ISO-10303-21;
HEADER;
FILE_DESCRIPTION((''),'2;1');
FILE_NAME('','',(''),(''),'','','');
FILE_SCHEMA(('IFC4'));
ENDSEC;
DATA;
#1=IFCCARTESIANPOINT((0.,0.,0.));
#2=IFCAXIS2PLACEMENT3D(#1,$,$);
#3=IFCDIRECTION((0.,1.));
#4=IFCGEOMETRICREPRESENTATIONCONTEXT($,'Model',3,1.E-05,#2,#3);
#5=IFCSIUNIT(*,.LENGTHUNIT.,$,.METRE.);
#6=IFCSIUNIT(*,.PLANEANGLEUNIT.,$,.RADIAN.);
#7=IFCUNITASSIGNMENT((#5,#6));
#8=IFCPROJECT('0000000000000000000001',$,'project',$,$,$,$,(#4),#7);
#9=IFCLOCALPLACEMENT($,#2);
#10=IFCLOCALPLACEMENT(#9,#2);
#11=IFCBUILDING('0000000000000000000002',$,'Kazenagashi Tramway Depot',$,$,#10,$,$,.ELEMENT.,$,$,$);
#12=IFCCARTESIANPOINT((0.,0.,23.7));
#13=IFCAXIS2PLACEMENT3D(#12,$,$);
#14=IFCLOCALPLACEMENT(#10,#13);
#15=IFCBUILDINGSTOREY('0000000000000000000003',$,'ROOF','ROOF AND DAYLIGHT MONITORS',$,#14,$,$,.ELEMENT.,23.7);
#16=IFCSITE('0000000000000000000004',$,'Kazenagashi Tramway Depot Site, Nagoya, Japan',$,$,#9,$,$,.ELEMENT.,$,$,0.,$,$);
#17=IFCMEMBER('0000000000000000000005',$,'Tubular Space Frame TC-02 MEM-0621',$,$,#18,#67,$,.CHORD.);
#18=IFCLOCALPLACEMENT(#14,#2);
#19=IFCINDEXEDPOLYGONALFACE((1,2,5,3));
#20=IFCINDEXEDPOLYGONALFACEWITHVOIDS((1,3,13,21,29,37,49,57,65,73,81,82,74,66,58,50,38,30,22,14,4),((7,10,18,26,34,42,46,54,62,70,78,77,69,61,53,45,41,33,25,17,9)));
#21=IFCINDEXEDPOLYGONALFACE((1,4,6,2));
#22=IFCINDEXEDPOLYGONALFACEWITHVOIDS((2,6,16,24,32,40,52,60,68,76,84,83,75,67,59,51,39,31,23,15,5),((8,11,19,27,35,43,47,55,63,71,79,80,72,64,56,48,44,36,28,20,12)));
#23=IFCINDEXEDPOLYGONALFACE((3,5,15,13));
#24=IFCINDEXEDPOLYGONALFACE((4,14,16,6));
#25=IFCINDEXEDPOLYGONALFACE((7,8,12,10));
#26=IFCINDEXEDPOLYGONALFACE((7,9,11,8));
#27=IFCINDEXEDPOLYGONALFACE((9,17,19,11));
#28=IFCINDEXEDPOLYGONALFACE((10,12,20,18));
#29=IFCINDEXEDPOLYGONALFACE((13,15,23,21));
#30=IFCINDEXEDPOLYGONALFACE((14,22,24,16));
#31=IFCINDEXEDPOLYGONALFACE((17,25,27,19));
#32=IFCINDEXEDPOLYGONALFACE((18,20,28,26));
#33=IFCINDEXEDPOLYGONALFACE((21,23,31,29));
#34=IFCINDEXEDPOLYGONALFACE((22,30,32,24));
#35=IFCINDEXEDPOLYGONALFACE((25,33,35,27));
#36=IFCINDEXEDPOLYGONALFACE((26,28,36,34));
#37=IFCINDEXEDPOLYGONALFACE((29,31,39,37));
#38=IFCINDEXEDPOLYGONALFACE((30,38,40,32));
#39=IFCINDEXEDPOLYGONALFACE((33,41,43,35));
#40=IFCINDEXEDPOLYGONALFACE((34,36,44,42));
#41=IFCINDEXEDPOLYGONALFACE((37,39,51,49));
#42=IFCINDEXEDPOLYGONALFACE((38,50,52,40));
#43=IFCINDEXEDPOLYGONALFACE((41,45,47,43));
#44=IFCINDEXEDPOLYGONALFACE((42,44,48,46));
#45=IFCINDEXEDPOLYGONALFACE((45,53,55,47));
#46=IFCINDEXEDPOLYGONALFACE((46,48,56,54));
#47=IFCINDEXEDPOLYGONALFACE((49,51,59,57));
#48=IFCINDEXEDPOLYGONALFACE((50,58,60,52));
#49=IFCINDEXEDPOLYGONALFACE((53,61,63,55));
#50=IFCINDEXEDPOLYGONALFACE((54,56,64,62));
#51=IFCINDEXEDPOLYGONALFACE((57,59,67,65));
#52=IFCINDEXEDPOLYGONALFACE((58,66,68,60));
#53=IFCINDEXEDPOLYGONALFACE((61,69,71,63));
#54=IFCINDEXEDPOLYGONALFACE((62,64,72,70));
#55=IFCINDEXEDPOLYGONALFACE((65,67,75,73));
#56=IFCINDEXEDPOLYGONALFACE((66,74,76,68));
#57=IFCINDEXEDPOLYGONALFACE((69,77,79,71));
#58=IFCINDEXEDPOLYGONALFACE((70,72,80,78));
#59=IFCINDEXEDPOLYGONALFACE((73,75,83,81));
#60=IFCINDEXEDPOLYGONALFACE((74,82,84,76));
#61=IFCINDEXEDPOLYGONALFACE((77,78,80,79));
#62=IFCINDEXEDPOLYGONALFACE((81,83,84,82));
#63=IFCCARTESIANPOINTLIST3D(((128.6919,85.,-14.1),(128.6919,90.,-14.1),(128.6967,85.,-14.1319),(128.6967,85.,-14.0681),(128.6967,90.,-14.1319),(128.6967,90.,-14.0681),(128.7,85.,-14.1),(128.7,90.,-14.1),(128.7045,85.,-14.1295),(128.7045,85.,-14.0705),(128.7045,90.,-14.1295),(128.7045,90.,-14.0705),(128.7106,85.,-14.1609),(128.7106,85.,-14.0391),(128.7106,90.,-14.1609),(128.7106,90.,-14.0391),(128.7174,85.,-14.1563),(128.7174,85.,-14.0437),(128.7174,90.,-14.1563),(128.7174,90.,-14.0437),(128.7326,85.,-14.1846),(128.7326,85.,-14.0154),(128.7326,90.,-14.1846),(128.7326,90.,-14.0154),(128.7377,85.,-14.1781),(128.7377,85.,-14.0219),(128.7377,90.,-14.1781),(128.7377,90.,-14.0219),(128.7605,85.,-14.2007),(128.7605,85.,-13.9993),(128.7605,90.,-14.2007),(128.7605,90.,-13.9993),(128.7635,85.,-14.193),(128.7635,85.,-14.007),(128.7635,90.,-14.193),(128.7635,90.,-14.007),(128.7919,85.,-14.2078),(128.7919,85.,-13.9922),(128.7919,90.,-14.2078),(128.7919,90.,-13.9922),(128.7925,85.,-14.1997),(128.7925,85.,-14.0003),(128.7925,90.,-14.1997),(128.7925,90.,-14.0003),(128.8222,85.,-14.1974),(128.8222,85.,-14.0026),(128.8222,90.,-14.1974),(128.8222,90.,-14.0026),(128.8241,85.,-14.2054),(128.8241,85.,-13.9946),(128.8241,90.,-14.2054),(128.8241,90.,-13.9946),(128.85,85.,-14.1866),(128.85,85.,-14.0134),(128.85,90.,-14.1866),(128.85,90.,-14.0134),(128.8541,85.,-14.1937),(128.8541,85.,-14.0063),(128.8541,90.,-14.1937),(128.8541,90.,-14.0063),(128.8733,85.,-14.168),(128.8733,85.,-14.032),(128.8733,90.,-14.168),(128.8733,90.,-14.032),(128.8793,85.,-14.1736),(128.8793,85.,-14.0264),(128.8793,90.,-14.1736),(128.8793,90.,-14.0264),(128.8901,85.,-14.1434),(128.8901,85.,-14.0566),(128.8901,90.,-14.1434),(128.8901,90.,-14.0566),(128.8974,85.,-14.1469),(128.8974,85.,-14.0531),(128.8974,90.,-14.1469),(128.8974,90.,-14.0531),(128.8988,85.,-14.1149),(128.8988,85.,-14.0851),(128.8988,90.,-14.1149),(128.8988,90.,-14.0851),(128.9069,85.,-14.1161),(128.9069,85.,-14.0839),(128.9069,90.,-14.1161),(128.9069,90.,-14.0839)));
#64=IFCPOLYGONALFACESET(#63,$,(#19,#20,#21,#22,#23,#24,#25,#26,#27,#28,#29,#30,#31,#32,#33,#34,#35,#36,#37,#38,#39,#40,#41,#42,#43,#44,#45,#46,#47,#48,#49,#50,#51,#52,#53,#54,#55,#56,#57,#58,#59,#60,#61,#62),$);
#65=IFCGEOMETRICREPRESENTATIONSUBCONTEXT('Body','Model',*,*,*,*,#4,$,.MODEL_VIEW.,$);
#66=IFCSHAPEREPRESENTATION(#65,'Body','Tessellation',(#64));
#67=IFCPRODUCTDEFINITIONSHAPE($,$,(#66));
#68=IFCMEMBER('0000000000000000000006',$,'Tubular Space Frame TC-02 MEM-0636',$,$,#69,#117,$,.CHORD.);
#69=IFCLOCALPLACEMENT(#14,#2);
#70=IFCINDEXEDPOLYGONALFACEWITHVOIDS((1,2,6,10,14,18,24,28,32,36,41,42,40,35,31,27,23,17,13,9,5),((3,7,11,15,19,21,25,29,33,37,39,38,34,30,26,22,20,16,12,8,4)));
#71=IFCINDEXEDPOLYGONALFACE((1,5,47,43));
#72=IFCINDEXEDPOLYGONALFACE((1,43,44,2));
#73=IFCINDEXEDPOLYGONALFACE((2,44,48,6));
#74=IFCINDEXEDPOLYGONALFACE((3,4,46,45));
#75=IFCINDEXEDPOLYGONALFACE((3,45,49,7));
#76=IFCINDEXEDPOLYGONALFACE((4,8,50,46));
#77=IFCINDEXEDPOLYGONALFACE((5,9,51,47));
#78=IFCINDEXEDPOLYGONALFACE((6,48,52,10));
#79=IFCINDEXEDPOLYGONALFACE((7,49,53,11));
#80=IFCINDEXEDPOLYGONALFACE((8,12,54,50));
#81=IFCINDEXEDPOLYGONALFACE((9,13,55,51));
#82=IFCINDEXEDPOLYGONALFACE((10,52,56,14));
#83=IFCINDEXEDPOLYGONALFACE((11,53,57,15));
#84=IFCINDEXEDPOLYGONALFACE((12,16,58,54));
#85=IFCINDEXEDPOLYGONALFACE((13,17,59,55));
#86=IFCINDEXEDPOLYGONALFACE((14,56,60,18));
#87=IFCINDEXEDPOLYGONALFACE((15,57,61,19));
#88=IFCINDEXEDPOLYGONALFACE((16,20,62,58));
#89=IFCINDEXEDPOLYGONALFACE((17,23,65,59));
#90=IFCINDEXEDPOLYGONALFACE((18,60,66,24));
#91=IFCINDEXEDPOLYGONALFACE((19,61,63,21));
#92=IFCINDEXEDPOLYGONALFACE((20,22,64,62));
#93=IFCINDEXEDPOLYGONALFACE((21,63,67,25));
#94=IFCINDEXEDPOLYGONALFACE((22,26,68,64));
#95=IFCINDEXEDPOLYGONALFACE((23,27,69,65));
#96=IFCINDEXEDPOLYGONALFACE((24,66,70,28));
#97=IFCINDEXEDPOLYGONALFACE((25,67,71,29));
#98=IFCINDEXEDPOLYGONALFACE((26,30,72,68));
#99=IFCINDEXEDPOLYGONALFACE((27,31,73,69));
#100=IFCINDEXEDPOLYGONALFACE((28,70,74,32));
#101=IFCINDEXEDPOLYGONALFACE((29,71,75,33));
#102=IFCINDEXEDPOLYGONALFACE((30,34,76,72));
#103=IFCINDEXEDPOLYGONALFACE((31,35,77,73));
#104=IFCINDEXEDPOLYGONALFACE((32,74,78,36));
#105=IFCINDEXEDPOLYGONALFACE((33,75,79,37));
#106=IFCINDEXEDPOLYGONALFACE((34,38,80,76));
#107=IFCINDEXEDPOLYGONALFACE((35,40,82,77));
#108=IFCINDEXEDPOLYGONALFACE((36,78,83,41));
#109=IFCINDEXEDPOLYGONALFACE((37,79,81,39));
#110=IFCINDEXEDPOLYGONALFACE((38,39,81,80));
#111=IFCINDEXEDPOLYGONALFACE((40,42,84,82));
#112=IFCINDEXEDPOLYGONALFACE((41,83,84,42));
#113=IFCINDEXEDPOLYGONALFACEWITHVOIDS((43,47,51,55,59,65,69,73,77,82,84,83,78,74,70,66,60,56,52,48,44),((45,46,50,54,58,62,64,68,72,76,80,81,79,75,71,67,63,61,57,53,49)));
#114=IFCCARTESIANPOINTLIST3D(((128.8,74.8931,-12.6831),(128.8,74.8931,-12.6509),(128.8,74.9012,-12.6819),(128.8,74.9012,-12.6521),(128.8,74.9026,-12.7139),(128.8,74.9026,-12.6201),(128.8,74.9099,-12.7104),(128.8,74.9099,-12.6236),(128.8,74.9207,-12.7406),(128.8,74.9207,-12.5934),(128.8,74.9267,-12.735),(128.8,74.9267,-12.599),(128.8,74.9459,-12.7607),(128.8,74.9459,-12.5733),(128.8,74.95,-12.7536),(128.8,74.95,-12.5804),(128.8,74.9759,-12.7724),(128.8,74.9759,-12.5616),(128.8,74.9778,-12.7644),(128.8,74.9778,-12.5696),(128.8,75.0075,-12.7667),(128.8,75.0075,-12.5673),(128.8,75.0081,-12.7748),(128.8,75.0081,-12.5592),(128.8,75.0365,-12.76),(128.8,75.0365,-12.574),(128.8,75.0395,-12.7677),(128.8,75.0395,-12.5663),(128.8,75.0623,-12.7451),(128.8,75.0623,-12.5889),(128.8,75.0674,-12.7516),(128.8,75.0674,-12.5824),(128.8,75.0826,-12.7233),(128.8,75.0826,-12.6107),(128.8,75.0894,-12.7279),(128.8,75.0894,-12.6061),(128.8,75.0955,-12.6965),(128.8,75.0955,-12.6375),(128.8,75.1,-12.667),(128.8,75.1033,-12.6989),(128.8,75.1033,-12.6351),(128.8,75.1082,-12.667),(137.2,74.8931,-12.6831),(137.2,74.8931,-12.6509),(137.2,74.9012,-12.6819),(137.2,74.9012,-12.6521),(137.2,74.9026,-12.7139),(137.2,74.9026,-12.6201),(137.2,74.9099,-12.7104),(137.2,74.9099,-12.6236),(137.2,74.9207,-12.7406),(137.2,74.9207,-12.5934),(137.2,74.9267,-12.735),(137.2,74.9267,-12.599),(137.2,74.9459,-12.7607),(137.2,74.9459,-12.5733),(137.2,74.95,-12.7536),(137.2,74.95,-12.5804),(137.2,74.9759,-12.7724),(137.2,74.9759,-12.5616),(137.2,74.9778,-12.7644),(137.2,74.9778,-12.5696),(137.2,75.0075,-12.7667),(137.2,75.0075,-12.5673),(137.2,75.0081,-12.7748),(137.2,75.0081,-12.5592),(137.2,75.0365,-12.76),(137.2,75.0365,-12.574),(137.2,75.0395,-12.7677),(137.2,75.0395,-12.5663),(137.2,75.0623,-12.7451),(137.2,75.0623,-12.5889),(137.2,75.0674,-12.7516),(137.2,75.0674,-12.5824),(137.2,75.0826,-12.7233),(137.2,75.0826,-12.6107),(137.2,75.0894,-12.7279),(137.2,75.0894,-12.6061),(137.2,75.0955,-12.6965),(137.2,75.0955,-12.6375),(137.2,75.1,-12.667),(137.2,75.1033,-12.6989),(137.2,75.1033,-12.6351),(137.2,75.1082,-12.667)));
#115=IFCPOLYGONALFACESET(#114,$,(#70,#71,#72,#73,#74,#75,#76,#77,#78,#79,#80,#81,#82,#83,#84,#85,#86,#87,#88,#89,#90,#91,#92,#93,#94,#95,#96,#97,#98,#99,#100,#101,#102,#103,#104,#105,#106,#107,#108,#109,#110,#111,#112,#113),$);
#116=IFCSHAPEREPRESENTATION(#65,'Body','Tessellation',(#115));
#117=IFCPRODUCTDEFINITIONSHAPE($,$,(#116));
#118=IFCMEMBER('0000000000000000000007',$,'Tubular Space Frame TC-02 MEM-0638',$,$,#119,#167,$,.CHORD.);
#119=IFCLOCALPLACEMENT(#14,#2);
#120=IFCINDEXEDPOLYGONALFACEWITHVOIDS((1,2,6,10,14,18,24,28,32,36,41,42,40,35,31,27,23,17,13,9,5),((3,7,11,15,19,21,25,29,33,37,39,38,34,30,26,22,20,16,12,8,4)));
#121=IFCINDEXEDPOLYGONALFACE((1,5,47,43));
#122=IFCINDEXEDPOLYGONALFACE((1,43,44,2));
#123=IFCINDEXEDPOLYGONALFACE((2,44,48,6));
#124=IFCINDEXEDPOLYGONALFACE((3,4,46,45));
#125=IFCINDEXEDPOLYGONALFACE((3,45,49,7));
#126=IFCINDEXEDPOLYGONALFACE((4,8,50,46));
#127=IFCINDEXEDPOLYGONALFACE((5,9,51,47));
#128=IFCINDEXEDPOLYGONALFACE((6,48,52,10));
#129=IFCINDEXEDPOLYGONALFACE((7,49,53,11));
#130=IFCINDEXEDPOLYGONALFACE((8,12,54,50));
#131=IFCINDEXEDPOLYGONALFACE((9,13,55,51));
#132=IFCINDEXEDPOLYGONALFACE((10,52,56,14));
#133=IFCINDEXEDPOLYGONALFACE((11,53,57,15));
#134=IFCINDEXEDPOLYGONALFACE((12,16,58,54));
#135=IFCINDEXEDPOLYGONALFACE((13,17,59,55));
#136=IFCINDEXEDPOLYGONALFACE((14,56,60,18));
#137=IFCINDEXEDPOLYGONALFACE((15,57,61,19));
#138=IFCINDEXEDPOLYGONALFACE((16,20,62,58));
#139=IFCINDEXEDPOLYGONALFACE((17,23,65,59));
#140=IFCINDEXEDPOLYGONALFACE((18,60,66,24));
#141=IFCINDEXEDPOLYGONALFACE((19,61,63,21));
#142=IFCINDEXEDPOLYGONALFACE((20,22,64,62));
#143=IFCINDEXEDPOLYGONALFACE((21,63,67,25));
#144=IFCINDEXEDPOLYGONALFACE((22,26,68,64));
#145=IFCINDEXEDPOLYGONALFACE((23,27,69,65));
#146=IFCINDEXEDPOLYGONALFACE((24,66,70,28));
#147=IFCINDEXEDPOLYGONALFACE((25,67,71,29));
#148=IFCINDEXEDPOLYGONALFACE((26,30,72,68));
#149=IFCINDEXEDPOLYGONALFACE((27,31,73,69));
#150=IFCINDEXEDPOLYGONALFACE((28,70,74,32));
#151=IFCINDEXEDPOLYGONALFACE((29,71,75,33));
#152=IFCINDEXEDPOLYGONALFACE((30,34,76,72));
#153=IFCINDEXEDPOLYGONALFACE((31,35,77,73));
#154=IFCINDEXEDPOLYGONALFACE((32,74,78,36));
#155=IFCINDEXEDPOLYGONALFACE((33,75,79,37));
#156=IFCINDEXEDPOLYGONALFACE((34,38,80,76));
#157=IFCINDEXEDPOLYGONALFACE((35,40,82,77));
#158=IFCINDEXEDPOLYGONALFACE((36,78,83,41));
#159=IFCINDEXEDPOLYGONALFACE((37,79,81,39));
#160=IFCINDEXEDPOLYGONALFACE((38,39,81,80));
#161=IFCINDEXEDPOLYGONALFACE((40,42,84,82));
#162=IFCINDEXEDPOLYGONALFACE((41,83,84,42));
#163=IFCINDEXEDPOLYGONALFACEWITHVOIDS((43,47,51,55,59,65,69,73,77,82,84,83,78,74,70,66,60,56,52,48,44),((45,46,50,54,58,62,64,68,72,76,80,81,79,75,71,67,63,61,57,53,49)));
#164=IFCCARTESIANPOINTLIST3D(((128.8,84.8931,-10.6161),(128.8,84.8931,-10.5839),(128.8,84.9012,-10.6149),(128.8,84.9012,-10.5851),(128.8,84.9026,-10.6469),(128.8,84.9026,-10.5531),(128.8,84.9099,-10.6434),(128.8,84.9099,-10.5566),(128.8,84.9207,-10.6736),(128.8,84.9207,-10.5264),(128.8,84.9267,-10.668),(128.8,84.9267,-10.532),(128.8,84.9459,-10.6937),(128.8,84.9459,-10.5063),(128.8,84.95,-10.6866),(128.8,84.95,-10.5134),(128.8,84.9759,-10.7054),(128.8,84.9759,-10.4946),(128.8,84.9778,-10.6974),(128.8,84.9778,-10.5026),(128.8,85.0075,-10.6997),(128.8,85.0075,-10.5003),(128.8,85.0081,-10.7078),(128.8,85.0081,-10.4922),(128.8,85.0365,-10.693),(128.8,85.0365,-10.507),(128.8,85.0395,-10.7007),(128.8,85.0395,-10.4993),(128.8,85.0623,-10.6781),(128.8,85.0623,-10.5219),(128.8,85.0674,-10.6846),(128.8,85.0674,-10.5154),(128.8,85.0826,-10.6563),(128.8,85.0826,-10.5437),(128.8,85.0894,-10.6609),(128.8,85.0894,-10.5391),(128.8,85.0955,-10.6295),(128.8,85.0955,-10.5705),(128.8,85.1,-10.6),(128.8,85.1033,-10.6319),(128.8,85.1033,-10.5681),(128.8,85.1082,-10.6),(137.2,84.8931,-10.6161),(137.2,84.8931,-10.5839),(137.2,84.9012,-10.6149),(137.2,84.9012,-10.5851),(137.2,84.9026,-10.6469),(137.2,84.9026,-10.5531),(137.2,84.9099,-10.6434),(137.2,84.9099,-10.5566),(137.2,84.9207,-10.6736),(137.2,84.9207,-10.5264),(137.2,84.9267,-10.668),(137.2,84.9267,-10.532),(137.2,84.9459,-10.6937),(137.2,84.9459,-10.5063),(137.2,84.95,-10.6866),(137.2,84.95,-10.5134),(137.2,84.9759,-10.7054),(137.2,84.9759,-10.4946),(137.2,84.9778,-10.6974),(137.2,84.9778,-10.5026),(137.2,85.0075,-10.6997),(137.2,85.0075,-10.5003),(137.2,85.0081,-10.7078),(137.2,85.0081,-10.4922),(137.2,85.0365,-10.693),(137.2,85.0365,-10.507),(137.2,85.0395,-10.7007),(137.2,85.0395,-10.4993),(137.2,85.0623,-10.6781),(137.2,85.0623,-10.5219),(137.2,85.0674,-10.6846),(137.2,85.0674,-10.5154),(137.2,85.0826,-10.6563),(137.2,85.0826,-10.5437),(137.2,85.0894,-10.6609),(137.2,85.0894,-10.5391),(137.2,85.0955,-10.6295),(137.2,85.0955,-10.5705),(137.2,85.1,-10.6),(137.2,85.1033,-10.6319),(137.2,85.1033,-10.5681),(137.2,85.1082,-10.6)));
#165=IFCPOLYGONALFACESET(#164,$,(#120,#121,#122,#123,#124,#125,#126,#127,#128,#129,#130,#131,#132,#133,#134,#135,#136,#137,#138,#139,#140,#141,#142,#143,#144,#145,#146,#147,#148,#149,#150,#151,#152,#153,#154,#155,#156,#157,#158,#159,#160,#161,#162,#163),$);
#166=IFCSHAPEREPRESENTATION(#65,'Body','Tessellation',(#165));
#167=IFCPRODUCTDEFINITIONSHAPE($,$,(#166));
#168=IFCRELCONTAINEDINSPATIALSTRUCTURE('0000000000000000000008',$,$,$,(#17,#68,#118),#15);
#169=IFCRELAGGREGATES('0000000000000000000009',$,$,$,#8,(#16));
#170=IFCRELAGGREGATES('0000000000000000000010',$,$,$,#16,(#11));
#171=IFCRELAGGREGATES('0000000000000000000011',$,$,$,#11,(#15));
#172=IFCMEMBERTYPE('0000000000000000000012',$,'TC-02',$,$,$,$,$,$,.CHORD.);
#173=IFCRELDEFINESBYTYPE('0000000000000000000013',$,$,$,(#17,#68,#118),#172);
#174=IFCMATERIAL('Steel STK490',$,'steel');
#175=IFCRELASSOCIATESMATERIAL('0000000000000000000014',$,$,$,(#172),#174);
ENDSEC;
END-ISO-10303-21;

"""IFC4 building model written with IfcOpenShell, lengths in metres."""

from ifc_helpers import new_model, si_unit, direction, frame, origin, origin_2d, place, context, subcontext, project, spatial, hollow_circle, extrude, material, material_profile, profile_set, type_object, element, save


model = new_model("IFC4")

# Units and contexts
model_context = context("Model", 3, precision=1e-05, world=origin(), true_north=direction((0.0, 1.0)))
body_context = subcontext(model_context, "Body", "Model", "MODEL_VIEW")
ifc_project = project(units=[si_unit("LENGTHUNIT", "METRE"), si_unit("PLANEANGLEUNIT", "RADIAN")], contexts=[model_context])

# Site, building, storey
site_placement = place(None, origin())
site = spatial("IfcSite", under=ifc_project, at=site_placement, Name="Kazenagashi Tramway Depot Site, Nagoya, Japan", CompositionType="ELEMENT", RefElevation=0.0)
building_placement = place(site_placement, origin())
building = spatial("IfcBuilding", under=site, at=building_placement, Name="Kazenagashi Tramway Depot", CompositionType="ELEMENT")
storey_placement = place(building_placement, frame((0.0, 0.0, 23.7)))
storey = spatial("IfcBuildingStorey", under=building, at=storey_placement, Name="ROOF", Description="ROOF AND DAYLIGHT MONITORS", CompositionType="ELEMENT", Elevation=23.7)

# Members
ifc_material_1 = material(Name="Steel STK490", Category="steel")
ifc_material_profile_1 = material_profile(ifc_material_1, hollow_circle(Radius=0.1081, WallThickness=0.0082, at=origin_2d()), Name="CHS-216.3x8.2")
ifc_profile_set_1 = profile_set([ifc_material_profile_1], Name="Steel STK490")
member_type_1 = type_object("IfcMemberType", Name="TC-02", PredefinedType="CHORD", material=ifc_profile_set_1)
for number, where, z_axis, x_axis, name in (
    (1, (128.8, 85.0, -14.1), (0.0, 1.0, 0.0), (-1.0, 0.0, 0.0), "Tubular Space Frame TC-02 MEM-0621"),
):
    element("IfcMember", number, at=place(storey_placement, frame(where, z_axis=z_axis, x_axis=x_axis)), inside=storey, type_object=member_type_1, Name=name, PredefinedType="CHORD", context=body_context, shape_type="SweptSolid", body=[
        extrude(hollow_circle(Radius=0.1081, WallThickness=0.0082, at=origin_2d()), origin(), (0.0, 0.0, 1.0), 5.0),
    ])
for number, where, z_axis, x_axis, name in (
    (2, (128.8, 75.0, -12.667), (1.0, 0.0, 0.0), (0.0, 1.0, 0.0), "Tubular Space Frame TC-02 MEM-0636"),
    (3, (128.8, 85.0, -10.6), (1.0, 0.0, 0.0), (0.0, 1.0, 0.0), "Tubular Space Frame TC-02 MEM-0638"),
):
    element("IfcMember", number, at=place(storey_placement, frame(where, z_axis=z_axis, x_axis=x_axis)), inside=storey, type_object=member_type_1, Name=name, PredefinedType="CHORD", context=body_context, shape_type="SweptSolid", body=[
        extrude(hollow_circle(Radius=0.1081, WallThickness=0.0082, at=origin_2d()), origin(), (0.0, 0.0, 1.0), 8.4),
    ])

save(model, "model.ifc")
